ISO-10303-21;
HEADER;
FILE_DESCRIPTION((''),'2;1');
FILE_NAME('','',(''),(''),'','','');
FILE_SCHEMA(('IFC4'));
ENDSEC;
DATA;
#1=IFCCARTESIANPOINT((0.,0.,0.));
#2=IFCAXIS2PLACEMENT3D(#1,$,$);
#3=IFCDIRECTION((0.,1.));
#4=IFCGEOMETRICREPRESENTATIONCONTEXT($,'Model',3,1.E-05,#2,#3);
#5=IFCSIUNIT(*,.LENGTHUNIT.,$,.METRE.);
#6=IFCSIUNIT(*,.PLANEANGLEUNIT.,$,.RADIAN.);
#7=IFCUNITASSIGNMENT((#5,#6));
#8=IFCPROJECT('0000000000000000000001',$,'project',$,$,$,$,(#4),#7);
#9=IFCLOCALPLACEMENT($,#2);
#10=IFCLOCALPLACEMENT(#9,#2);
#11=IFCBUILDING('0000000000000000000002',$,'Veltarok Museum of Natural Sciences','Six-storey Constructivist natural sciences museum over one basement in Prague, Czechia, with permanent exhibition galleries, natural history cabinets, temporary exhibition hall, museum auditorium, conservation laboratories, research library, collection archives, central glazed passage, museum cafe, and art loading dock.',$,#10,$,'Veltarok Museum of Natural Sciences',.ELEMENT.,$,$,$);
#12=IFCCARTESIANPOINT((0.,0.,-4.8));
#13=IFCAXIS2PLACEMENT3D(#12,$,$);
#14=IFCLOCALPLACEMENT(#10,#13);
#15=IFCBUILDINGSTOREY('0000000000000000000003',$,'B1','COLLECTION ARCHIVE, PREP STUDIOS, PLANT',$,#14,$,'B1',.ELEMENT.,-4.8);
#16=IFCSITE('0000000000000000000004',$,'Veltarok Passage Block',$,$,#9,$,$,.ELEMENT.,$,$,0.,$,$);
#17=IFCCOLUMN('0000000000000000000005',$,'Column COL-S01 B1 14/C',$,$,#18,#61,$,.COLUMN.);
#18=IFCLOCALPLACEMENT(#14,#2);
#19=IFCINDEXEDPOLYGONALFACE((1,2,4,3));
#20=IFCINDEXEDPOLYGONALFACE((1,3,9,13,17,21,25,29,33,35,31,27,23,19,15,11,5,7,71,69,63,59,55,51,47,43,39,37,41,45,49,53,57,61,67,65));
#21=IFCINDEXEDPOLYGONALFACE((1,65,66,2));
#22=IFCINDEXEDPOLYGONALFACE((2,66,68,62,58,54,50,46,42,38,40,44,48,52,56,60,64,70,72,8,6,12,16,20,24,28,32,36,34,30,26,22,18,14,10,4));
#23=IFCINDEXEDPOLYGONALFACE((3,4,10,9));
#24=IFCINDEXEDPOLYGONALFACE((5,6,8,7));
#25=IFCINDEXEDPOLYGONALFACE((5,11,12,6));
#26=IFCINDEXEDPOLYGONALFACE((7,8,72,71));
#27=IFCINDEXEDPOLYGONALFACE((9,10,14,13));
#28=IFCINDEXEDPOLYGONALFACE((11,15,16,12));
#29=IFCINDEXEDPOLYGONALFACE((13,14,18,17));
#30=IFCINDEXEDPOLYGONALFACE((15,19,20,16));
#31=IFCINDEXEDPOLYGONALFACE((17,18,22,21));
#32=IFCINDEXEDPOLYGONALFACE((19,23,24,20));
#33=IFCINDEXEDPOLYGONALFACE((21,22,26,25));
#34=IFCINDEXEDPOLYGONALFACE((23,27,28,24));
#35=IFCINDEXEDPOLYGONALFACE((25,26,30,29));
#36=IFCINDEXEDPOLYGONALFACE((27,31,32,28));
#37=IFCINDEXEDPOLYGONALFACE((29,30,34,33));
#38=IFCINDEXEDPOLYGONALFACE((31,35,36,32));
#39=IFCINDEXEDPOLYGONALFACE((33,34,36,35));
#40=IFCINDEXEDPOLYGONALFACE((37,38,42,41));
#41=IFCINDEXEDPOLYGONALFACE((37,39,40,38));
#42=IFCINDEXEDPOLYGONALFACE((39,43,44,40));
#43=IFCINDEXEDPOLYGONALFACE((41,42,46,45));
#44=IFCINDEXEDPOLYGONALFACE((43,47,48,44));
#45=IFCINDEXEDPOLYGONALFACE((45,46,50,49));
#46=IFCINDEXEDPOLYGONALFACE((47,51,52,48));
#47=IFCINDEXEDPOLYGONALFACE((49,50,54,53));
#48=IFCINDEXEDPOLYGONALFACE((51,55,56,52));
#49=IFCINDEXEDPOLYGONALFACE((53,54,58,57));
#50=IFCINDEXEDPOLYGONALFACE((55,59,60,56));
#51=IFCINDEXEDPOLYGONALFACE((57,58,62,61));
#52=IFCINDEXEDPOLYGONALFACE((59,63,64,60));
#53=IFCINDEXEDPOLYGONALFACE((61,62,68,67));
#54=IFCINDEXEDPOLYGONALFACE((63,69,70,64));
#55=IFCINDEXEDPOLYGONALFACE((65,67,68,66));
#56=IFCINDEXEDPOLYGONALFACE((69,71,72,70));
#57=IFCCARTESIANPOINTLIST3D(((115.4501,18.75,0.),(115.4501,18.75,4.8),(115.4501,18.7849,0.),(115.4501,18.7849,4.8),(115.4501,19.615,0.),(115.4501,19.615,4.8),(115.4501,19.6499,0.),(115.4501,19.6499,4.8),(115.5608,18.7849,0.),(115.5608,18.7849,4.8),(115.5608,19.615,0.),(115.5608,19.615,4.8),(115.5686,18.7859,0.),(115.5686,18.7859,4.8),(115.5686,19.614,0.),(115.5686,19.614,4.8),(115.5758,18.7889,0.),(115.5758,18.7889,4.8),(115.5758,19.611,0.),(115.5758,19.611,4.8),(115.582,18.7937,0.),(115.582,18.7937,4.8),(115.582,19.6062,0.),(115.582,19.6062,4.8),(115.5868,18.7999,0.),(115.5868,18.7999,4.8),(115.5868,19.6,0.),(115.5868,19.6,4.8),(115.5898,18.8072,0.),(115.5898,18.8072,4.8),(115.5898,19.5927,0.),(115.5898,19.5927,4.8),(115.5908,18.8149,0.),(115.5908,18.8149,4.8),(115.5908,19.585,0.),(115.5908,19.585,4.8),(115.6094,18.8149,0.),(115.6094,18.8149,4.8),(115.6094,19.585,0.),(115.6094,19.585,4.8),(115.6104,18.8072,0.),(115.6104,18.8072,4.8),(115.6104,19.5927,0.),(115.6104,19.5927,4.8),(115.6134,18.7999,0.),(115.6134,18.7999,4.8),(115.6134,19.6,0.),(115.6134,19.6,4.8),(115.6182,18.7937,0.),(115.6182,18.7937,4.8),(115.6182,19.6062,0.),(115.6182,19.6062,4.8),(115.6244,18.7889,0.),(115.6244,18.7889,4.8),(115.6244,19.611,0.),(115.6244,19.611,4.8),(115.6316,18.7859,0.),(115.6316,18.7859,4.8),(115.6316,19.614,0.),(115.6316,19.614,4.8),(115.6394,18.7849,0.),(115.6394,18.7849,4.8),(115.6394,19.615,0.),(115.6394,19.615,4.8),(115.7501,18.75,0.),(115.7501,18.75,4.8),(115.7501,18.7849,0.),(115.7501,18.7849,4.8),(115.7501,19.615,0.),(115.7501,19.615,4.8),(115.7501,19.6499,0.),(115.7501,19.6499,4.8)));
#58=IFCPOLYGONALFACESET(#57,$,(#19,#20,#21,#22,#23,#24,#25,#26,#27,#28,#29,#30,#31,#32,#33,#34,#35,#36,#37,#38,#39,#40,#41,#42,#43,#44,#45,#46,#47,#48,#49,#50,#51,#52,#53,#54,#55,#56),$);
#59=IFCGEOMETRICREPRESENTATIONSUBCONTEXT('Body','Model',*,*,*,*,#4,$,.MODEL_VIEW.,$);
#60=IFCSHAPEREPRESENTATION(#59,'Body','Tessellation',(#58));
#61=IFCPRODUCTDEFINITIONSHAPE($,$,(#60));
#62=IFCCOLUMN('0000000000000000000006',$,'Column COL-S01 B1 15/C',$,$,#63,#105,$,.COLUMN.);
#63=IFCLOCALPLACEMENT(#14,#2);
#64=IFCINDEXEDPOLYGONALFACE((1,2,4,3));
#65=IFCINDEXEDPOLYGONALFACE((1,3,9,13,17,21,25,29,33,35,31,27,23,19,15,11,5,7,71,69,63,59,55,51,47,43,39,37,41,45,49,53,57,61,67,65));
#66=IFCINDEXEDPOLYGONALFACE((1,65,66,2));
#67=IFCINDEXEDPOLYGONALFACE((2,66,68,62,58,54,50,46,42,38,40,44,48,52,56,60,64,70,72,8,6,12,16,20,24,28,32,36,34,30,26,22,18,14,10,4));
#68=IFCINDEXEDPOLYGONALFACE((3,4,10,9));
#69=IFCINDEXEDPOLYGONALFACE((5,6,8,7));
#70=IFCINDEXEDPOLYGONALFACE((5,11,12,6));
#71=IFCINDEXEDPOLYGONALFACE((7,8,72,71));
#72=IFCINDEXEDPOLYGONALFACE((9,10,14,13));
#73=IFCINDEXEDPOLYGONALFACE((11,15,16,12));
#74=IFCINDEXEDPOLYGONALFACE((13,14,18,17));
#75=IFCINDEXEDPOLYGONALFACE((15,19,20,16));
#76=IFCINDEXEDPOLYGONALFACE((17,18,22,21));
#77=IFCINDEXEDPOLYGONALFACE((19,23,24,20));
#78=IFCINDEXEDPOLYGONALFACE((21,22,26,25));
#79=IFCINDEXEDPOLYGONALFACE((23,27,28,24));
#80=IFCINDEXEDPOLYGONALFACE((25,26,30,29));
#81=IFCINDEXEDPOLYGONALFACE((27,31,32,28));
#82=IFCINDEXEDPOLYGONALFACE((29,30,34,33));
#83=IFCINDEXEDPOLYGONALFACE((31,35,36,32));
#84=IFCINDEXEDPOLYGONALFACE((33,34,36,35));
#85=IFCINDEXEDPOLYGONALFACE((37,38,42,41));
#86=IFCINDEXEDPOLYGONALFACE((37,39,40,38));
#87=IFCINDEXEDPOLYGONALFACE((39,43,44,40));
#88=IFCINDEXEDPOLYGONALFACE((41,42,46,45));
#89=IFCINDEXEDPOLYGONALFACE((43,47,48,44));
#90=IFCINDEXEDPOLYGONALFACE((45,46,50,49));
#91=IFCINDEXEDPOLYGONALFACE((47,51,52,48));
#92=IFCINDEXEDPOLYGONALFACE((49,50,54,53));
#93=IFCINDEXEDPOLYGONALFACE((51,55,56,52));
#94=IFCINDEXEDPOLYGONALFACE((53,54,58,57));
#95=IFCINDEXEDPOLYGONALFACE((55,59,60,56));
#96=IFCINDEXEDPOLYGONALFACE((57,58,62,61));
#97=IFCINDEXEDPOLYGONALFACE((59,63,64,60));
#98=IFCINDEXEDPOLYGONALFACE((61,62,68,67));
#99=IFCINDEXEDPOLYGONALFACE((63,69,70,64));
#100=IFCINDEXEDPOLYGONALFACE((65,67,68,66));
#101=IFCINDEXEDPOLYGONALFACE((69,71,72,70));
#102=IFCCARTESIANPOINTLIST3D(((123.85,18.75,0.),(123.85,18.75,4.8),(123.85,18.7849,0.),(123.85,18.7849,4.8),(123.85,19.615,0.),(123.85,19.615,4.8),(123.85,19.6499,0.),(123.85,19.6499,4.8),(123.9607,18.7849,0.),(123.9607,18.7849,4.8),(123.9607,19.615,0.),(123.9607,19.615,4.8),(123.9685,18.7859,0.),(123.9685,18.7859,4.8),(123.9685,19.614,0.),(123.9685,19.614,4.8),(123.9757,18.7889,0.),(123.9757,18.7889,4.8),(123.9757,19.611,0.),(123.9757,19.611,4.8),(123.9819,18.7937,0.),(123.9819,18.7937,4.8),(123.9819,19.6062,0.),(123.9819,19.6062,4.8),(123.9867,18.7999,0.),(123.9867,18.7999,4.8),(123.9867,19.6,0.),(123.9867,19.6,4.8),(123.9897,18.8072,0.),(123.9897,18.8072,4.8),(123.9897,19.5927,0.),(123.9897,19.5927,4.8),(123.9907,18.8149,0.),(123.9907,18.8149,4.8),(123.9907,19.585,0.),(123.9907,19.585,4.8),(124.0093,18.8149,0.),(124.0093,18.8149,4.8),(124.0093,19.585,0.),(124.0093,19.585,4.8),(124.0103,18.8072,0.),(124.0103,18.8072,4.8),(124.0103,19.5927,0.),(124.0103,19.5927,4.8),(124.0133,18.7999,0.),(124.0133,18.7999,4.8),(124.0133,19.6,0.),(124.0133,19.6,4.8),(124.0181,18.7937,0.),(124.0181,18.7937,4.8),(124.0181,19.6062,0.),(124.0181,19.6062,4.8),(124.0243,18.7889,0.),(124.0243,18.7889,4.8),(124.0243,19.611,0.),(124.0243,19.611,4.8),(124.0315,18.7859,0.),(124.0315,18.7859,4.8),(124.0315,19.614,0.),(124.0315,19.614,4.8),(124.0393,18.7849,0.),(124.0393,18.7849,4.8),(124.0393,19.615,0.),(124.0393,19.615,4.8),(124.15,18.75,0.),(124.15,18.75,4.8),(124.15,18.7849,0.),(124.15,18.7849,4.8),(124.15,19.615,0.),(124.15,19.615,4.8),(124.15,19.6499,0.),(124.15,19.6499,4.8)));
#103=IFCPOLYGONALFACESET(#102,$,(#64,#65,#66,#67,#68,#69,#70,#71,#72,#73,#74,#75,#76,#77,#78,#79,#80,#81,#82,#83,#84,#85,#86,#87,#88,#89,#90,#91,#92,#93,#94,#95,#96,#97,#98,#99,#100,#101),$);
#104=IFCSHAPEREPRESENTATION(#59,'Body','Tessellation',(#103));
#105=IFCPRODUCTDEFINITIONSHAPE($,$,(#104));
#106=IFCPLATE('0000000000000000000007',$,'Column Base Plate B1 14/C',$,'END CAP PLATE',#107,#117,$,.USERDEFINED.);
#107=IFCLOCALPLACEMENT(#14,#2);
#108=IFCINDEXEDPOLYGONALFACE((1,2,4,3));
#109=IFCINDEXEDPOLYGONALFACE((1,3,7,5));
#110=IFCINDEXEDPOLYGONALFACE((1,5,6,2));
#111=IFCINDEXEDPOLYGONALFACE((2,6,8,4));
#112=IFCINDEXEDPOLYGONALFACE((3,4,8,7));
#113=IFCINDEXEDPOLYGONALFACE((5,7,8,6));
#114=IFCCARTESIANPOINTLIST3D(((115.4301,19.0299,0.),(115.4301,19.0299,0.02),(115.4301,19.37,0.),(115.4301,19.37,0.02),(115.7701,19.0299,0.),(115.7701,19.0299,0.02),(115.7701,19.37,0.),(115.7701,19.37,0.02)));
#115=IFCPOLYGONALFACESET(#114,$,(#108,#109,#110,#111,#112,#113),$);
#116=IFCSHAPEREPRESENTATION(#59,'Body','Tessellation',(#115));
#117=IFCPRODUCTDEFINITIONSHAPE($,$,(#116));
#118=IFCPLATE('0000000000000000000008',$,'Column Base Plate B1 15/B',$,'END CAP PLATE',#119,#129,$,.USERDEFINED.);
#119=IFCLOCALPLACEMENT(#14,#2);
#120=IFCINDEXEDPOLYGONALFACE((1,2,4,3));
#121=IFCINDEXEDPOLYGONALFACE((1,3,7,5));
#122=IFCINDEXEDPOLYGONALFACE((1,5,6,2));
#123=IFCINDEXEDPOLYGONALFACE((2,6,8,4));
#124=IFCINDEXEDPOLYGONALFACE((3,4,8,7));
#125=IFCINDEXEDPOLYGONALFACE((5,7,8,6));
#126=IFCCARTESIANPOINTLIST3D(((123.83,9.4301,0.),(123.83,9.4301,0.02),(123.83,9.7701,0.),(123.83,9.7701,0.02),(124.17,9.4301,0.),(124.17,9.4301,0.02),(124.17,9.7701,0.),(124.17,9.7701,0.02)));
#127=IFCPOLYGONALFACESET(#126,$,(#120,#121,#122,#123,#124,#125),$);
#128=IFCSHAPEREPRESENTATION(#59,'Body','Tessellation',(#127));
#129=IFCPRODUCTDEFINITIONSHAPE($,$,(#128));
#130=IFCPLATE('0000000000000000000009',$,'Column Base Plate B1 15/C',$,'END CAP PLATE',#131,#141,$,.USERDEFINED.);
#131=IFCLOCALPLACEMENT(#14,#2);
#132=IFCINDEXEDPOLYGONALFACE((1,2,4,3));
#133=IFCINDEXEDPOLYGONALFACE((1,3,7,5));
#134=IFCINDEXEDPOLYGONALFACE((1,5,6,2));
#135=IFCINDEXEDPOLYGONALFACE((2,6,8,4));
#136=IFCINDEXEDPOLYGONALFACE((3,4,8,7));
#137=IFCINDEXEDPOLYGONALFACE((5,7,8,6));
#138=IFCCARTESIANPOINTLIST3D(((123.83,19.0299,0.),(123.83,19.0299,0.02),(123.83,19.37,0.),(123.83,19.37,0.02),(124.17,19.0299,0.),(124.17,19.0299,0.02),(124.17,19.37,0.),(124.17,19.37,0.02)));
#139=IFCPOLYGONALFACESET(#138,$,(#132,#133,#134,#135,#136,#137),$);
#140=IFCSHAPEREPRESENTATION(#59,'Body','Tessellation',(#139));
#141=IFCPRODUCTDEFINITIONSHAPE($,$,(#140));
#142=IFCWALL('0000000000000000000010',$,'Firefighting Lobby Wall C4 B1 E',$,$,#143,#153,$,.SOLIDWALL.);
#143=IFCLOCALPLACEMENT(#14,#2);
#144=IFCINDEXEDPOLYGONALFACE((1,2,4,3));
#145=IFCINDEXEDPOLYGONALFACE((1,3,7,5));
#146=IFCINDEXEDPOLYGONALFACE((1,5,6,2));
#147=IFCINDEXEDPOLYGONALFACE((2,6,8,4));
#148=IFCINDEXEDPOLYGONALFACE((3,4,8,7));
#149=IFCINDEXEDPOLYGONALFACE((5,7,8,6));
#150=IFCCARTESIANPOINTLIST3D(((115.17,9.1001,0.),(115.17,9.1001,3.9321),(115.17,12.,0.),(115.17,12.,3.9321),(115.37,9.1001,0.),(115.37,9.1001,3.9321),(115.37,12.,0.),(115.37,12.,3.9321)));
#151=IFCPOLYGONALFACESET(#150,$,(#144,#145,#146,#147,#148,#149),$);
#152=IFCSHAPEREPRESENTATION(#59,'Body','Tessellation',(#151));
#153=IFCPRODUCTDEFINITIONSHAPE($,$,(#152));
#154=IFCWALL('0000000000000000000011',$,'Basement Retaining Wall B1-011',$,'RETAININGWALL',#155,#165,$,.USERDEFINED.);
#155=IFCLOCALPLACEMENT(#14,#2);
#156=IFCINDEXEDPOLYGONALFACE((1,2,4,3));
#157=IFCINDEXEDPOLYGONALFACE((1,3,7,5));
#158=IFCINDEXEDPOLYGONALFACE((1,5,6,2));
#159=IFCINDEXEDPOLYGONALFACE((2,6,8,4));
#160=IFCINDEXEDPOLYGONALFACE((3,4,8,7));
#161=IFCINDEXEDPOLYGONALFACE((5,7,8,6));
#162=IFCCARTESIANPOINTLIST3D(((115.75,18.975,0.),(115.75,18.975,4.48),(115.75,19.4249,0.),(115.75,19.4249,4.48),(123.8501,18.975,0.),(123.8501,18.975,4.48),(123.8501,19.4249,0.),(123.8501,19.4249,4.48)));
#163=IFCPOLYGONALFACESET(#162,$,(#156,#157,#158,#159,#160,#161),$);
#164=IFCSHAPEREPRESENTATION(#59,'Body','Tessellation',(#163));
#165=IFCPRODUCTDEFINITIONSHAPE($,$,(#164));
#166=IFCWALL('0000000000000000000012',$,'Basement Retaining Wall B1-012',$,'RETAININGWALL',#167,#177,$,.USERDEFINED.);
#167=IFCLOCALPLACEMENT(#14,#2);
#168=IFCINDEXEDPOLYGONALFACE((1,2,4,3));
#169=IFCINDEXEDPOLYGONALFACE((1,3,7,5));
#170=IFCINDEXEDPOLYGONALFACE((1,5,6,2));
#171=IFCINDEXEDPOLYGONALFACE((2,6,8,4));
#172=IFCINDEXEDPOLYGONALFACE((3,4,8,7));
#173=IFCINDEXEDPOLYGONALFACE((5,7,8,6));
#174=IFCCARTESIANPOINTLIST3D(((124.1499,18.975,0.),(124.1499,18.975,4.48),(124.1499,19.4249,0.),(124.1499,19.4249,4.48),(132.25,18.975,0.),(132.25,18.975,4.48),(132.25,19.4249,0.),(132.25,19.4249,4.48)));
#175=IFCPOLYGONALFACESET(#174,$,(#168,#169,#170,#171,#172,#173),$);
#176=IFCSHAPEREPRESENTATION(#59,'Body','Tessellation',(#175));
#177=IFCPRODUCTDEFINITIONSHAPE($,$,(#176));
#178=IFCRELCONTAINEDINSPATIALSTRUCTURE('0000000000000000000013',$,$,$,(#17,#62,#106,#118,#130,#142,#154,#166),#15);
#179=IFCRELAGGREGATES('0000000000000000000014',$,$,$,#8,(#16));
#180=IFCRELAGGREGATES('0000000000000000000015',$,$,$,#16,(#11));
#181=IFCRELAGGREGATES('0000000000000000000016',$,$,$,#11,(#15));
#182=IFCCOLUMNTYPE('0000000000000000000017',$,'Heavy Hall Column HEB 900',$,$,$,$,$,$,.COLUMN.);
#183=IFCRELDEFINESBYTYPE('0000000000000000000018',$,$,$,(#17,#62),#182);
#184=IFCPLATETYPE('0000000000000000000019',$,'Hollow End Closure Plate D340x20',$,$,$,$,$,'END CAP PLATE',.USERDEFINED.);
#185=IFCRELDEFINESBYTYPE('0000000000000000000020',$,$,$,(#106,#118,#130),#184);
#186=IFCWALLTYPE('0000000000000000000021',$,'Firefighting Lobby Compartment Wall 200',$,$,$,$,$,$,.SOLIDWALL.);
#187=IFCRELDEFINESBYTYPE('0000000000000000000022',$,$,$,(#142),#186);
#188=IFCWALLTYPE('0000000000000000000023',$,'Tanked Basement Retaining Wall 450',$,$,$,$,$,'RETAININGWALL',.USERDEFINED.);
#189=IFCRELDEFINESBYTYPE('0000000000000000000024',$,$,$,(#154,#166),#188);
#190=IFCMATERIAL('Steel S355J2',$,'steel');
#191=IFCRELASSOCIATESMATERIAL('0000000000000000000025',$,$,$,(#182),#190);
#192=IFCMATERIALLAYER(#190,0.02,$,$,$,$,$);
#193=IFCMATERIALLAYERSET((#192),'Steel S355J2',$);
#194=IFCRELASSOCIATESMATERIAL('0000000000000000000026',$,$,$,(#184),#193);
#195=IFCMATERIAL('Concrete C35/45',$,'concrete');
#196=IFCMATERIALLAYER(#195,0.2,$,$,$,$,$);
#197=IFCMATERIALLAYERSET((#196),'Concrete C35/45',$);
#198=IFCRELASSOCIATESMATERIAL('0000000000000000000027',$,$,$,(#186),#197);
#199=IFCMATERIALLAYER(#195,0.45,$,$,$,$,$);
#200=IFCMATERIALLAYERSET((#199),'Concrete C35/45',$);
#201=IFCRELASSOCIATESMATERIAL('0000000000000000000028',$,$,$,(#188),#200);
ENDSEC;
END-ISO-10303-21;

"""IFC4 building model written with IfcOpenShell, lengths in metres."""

from ifc_helpers import new_model, si_unit, direction, frame, frame_2d, origin, origin_2d, place, context, subcontext, project, spatial, rectangle, i_section, extrude, material, layer, layer_set, material_profile, profile_set, type_object, element, save


model = new_model("IFC4")

# Units and contexts
model_context = context("Model", 3, precision=1e-05, world=origin(), true_north=direction((0.0, 1.0)))
body_context = subcontext(model_context, "Body", "Model", "MODEL_VIEW")
ifc_project = project(units=[si_unit("LENGTHUNIT", "METRE"), si_unit("PLANEANGLEUNIT", "RADIAN")], contexts=[model_context])

# Site, building, storey
site_placement = place(None, origin())
site = spatial("IfcSite", under=ifc_project, at=site_placement, Name="Veltarok Passage Block", CompositionType="ELEMENT", RefElevation=0.0)
building_placement = place(site_placement, origin())
building = spatial("IfcBuilding", under=site, at=building_placement, Name="Veltarok Museum of Natural Sciences", Description="Six-storey Constructivist natural sciences museum over one basement in Prague, Czechia, with permanent exhibition galleries, natural history cabinets, temporary exhibition hall, museum auditorium, conservation laboratories, research library, collection archives, central glazed passage, museum cafe, and art loading dock.", LongName="Veltarok Museum of Natural Sciences", CompositionType="ELEMENT")
storey_placement = place(building_placement, frame((0.0, 0.0, -4.8)))
storey = spatial("IfcBuildingStorey", under=building, at=storey_placement, Name="B1", Description="COLLECTION ARCHIVE, PREP STUDIOS, PLANT", LongName="B1", CompositionType="ELEMENT", Elevation=-4.8)

# Shared definitions
ifc_material_1 = material(Name="Concrete C35/45", Category="concrete")

# Columns
ifc_material_2 = material(Name="Steel S355J2", Category="steel")
ifc_material_profile_1 = material_profile(ifc_material_2, i_section(OverallWidth=0.3, OverallDepth=0.8999, WebThickness=0.0186, FlangeThickness=0.0349, FilletRadius=0.03, at=origin_2d()), Name="HEB 900")
ifc_profile_set_1 = profile_set([ifc_material_profile_1], Name="Steel S355J2")
column_type_1 = type_object("IfcColumnType", Name="Heavy Hall Column HEB 900", PredefinedType="COLUMN", material=ifc_profile_set_1)
for number, where, z_axis, x_axis, name in (
    (1, (115.6001, 19.2, 0.0), (0.0, 0.0, 1.0), (1.0, 0.0, 0.0), "Column COL-S01 B1 14/C"),
    (2, (124.0, 19.2, 0.0), (0.0, 0.0, 1.0), (1.0, 0.0, 0.0), "Column COL-S01 B1 15/C"),
):
    element("IfcColumn", number, at=place(storey_placement, frame(where, z_axis=z_axis, x_axis=x_axis)), inside=storey, type_object=column_type_1, Name=name, PredefinedType="COLUMN", context=body_context, shape_type="SweptSolid", body=[
        extrude(i_section(OverallWidth=0.3, OverallDepth=0.8999, WebThickness=0.0186, FlangeThickness=0.0349, FilletRadius=0.03, at=origin_2d()), origin(), (0.0, 0.0, 1.0), 4.8),
    ])

# Plates
ifc_layer_1 = layer(ifc_material_2, 0.02)
ifc_layer_set_1 = layer_set([ifc_layer_1], Name="Steel S355J2")
plate_type = type_object("IfcPlateType", Name="Hollow End Closure Plate D340x20", ElementType="END CAP PLATE", PredefinedType="USERDEFINED", material=ifc_layer_set_1)
for number, where, z_axis, x_axis, name in (
    (3, (115.6001, 19.2, 0.0), (0.0, 0.0, 1.0), (1.0, 0.0, 0.0), "Column Base Plate B1 14/C"),
    (4, (124.0, 9.6001, 0.0), (0.0, 0.0, 1.0), (1.0, 0.0, 0.0), "Column Base Plate B1 15/B"),
    (5, (124.0, 19.2, 0.0), (0.0, 0.0, 1.0), (1.0, 0.0, 0.0), "Column Base Plate B1 15/C"),
):
    element("IfcPlate", number, at=place(storey_placement, frame(where, z_axis=z_axis, x_axis=x_axis)), inside=storey, type_object=plate_type, Name=name, ObjectType="END CAP PLATE", PredefinedType="USERDEFINED", context=body_context, shape_type="SweptSolid", body=[
        extrude(rectangle(XDim=0.3401, YDim=0.3401, at=origin_2d()), origin(), (0.0, 0.0, 1.0), 0.02),
    ])

# Walls
ifc_layer_2 = layer(ifc_material_1, 0.2)
ifc_layer_set_2 = layer_set([ifc_layer_2], Name="Concrete C35/45")
wall_type_1 = type_object("IfcWallType", Name="Firefighting Lobby Compartment Wall 200", PredefinedType="SOLIDWALL", material=ifc_layer_set_2)
wall_placement = place(storey_placement, frame((115.27, 12.0, 0.0), z_axis=(0.0, 0.0, 1.0), x_axis=(0.0, -1.0, 0.0)))
element("IfcWall", 6, at=wall_placement, inside=storey, type_object=wall_type_1, Name="Firefighting Lobby Wall C4 B1 E", PredefinedType="SOLIDWALL", context=body_context, shape_type="SweptSolid", body=[
    extrude(rectangle(XDim=2.8999, YDim=0.2, at=frame_2d((1.45, 0.0))), origin(), (0.0, 0.0, 1.0), 3.9321),
])
ifc_layer_3 = layer(ifc_material_1, 0.45)
ifc_layer_set_3 = layer_set([ifc_layer_3], Name="Concrete C35/45")
wall_type_2 = type_object("IfcWallType", Name="Tanked Basement Retaining Wall 450", ElementType="RETAININGWALL", PredefinedType="USERDEFINED", material=ifc_layer_set_3)
for number, where, z_axis, x_axis, name in (
    (7, (115.75, 19.2, 0.0), (0.0, 0.0, 1.0), (1.0, 0.0, 0.0), "Basement Retaining Wall B1-011"),
    (8, (124.1499, 19.2, 0.0), (0.0, 0.0, 1.0), (1.0, 0.0, 0.0), "Basement Retaining Wall B1-012"),
):
    element("IfcWall", number, at=place(storey_placement, frame(where, z_axis=z_axis, x_axis=x_axis)), inside=storey, type_object=wall_type_2, Name=name, ObjectType="RETAININGWALL", PredefinedType="USERDEFINED", context=body_context, shape_type="SweptSolid", body=[
        extrude(rectangle(XDim=8.1001, YDim=0.45, at=frame_2d((4.05, 0.0))), origin(), (0.0, 0.0, 1.0), 4.48),
    ])

save(model, "model.ifc")
